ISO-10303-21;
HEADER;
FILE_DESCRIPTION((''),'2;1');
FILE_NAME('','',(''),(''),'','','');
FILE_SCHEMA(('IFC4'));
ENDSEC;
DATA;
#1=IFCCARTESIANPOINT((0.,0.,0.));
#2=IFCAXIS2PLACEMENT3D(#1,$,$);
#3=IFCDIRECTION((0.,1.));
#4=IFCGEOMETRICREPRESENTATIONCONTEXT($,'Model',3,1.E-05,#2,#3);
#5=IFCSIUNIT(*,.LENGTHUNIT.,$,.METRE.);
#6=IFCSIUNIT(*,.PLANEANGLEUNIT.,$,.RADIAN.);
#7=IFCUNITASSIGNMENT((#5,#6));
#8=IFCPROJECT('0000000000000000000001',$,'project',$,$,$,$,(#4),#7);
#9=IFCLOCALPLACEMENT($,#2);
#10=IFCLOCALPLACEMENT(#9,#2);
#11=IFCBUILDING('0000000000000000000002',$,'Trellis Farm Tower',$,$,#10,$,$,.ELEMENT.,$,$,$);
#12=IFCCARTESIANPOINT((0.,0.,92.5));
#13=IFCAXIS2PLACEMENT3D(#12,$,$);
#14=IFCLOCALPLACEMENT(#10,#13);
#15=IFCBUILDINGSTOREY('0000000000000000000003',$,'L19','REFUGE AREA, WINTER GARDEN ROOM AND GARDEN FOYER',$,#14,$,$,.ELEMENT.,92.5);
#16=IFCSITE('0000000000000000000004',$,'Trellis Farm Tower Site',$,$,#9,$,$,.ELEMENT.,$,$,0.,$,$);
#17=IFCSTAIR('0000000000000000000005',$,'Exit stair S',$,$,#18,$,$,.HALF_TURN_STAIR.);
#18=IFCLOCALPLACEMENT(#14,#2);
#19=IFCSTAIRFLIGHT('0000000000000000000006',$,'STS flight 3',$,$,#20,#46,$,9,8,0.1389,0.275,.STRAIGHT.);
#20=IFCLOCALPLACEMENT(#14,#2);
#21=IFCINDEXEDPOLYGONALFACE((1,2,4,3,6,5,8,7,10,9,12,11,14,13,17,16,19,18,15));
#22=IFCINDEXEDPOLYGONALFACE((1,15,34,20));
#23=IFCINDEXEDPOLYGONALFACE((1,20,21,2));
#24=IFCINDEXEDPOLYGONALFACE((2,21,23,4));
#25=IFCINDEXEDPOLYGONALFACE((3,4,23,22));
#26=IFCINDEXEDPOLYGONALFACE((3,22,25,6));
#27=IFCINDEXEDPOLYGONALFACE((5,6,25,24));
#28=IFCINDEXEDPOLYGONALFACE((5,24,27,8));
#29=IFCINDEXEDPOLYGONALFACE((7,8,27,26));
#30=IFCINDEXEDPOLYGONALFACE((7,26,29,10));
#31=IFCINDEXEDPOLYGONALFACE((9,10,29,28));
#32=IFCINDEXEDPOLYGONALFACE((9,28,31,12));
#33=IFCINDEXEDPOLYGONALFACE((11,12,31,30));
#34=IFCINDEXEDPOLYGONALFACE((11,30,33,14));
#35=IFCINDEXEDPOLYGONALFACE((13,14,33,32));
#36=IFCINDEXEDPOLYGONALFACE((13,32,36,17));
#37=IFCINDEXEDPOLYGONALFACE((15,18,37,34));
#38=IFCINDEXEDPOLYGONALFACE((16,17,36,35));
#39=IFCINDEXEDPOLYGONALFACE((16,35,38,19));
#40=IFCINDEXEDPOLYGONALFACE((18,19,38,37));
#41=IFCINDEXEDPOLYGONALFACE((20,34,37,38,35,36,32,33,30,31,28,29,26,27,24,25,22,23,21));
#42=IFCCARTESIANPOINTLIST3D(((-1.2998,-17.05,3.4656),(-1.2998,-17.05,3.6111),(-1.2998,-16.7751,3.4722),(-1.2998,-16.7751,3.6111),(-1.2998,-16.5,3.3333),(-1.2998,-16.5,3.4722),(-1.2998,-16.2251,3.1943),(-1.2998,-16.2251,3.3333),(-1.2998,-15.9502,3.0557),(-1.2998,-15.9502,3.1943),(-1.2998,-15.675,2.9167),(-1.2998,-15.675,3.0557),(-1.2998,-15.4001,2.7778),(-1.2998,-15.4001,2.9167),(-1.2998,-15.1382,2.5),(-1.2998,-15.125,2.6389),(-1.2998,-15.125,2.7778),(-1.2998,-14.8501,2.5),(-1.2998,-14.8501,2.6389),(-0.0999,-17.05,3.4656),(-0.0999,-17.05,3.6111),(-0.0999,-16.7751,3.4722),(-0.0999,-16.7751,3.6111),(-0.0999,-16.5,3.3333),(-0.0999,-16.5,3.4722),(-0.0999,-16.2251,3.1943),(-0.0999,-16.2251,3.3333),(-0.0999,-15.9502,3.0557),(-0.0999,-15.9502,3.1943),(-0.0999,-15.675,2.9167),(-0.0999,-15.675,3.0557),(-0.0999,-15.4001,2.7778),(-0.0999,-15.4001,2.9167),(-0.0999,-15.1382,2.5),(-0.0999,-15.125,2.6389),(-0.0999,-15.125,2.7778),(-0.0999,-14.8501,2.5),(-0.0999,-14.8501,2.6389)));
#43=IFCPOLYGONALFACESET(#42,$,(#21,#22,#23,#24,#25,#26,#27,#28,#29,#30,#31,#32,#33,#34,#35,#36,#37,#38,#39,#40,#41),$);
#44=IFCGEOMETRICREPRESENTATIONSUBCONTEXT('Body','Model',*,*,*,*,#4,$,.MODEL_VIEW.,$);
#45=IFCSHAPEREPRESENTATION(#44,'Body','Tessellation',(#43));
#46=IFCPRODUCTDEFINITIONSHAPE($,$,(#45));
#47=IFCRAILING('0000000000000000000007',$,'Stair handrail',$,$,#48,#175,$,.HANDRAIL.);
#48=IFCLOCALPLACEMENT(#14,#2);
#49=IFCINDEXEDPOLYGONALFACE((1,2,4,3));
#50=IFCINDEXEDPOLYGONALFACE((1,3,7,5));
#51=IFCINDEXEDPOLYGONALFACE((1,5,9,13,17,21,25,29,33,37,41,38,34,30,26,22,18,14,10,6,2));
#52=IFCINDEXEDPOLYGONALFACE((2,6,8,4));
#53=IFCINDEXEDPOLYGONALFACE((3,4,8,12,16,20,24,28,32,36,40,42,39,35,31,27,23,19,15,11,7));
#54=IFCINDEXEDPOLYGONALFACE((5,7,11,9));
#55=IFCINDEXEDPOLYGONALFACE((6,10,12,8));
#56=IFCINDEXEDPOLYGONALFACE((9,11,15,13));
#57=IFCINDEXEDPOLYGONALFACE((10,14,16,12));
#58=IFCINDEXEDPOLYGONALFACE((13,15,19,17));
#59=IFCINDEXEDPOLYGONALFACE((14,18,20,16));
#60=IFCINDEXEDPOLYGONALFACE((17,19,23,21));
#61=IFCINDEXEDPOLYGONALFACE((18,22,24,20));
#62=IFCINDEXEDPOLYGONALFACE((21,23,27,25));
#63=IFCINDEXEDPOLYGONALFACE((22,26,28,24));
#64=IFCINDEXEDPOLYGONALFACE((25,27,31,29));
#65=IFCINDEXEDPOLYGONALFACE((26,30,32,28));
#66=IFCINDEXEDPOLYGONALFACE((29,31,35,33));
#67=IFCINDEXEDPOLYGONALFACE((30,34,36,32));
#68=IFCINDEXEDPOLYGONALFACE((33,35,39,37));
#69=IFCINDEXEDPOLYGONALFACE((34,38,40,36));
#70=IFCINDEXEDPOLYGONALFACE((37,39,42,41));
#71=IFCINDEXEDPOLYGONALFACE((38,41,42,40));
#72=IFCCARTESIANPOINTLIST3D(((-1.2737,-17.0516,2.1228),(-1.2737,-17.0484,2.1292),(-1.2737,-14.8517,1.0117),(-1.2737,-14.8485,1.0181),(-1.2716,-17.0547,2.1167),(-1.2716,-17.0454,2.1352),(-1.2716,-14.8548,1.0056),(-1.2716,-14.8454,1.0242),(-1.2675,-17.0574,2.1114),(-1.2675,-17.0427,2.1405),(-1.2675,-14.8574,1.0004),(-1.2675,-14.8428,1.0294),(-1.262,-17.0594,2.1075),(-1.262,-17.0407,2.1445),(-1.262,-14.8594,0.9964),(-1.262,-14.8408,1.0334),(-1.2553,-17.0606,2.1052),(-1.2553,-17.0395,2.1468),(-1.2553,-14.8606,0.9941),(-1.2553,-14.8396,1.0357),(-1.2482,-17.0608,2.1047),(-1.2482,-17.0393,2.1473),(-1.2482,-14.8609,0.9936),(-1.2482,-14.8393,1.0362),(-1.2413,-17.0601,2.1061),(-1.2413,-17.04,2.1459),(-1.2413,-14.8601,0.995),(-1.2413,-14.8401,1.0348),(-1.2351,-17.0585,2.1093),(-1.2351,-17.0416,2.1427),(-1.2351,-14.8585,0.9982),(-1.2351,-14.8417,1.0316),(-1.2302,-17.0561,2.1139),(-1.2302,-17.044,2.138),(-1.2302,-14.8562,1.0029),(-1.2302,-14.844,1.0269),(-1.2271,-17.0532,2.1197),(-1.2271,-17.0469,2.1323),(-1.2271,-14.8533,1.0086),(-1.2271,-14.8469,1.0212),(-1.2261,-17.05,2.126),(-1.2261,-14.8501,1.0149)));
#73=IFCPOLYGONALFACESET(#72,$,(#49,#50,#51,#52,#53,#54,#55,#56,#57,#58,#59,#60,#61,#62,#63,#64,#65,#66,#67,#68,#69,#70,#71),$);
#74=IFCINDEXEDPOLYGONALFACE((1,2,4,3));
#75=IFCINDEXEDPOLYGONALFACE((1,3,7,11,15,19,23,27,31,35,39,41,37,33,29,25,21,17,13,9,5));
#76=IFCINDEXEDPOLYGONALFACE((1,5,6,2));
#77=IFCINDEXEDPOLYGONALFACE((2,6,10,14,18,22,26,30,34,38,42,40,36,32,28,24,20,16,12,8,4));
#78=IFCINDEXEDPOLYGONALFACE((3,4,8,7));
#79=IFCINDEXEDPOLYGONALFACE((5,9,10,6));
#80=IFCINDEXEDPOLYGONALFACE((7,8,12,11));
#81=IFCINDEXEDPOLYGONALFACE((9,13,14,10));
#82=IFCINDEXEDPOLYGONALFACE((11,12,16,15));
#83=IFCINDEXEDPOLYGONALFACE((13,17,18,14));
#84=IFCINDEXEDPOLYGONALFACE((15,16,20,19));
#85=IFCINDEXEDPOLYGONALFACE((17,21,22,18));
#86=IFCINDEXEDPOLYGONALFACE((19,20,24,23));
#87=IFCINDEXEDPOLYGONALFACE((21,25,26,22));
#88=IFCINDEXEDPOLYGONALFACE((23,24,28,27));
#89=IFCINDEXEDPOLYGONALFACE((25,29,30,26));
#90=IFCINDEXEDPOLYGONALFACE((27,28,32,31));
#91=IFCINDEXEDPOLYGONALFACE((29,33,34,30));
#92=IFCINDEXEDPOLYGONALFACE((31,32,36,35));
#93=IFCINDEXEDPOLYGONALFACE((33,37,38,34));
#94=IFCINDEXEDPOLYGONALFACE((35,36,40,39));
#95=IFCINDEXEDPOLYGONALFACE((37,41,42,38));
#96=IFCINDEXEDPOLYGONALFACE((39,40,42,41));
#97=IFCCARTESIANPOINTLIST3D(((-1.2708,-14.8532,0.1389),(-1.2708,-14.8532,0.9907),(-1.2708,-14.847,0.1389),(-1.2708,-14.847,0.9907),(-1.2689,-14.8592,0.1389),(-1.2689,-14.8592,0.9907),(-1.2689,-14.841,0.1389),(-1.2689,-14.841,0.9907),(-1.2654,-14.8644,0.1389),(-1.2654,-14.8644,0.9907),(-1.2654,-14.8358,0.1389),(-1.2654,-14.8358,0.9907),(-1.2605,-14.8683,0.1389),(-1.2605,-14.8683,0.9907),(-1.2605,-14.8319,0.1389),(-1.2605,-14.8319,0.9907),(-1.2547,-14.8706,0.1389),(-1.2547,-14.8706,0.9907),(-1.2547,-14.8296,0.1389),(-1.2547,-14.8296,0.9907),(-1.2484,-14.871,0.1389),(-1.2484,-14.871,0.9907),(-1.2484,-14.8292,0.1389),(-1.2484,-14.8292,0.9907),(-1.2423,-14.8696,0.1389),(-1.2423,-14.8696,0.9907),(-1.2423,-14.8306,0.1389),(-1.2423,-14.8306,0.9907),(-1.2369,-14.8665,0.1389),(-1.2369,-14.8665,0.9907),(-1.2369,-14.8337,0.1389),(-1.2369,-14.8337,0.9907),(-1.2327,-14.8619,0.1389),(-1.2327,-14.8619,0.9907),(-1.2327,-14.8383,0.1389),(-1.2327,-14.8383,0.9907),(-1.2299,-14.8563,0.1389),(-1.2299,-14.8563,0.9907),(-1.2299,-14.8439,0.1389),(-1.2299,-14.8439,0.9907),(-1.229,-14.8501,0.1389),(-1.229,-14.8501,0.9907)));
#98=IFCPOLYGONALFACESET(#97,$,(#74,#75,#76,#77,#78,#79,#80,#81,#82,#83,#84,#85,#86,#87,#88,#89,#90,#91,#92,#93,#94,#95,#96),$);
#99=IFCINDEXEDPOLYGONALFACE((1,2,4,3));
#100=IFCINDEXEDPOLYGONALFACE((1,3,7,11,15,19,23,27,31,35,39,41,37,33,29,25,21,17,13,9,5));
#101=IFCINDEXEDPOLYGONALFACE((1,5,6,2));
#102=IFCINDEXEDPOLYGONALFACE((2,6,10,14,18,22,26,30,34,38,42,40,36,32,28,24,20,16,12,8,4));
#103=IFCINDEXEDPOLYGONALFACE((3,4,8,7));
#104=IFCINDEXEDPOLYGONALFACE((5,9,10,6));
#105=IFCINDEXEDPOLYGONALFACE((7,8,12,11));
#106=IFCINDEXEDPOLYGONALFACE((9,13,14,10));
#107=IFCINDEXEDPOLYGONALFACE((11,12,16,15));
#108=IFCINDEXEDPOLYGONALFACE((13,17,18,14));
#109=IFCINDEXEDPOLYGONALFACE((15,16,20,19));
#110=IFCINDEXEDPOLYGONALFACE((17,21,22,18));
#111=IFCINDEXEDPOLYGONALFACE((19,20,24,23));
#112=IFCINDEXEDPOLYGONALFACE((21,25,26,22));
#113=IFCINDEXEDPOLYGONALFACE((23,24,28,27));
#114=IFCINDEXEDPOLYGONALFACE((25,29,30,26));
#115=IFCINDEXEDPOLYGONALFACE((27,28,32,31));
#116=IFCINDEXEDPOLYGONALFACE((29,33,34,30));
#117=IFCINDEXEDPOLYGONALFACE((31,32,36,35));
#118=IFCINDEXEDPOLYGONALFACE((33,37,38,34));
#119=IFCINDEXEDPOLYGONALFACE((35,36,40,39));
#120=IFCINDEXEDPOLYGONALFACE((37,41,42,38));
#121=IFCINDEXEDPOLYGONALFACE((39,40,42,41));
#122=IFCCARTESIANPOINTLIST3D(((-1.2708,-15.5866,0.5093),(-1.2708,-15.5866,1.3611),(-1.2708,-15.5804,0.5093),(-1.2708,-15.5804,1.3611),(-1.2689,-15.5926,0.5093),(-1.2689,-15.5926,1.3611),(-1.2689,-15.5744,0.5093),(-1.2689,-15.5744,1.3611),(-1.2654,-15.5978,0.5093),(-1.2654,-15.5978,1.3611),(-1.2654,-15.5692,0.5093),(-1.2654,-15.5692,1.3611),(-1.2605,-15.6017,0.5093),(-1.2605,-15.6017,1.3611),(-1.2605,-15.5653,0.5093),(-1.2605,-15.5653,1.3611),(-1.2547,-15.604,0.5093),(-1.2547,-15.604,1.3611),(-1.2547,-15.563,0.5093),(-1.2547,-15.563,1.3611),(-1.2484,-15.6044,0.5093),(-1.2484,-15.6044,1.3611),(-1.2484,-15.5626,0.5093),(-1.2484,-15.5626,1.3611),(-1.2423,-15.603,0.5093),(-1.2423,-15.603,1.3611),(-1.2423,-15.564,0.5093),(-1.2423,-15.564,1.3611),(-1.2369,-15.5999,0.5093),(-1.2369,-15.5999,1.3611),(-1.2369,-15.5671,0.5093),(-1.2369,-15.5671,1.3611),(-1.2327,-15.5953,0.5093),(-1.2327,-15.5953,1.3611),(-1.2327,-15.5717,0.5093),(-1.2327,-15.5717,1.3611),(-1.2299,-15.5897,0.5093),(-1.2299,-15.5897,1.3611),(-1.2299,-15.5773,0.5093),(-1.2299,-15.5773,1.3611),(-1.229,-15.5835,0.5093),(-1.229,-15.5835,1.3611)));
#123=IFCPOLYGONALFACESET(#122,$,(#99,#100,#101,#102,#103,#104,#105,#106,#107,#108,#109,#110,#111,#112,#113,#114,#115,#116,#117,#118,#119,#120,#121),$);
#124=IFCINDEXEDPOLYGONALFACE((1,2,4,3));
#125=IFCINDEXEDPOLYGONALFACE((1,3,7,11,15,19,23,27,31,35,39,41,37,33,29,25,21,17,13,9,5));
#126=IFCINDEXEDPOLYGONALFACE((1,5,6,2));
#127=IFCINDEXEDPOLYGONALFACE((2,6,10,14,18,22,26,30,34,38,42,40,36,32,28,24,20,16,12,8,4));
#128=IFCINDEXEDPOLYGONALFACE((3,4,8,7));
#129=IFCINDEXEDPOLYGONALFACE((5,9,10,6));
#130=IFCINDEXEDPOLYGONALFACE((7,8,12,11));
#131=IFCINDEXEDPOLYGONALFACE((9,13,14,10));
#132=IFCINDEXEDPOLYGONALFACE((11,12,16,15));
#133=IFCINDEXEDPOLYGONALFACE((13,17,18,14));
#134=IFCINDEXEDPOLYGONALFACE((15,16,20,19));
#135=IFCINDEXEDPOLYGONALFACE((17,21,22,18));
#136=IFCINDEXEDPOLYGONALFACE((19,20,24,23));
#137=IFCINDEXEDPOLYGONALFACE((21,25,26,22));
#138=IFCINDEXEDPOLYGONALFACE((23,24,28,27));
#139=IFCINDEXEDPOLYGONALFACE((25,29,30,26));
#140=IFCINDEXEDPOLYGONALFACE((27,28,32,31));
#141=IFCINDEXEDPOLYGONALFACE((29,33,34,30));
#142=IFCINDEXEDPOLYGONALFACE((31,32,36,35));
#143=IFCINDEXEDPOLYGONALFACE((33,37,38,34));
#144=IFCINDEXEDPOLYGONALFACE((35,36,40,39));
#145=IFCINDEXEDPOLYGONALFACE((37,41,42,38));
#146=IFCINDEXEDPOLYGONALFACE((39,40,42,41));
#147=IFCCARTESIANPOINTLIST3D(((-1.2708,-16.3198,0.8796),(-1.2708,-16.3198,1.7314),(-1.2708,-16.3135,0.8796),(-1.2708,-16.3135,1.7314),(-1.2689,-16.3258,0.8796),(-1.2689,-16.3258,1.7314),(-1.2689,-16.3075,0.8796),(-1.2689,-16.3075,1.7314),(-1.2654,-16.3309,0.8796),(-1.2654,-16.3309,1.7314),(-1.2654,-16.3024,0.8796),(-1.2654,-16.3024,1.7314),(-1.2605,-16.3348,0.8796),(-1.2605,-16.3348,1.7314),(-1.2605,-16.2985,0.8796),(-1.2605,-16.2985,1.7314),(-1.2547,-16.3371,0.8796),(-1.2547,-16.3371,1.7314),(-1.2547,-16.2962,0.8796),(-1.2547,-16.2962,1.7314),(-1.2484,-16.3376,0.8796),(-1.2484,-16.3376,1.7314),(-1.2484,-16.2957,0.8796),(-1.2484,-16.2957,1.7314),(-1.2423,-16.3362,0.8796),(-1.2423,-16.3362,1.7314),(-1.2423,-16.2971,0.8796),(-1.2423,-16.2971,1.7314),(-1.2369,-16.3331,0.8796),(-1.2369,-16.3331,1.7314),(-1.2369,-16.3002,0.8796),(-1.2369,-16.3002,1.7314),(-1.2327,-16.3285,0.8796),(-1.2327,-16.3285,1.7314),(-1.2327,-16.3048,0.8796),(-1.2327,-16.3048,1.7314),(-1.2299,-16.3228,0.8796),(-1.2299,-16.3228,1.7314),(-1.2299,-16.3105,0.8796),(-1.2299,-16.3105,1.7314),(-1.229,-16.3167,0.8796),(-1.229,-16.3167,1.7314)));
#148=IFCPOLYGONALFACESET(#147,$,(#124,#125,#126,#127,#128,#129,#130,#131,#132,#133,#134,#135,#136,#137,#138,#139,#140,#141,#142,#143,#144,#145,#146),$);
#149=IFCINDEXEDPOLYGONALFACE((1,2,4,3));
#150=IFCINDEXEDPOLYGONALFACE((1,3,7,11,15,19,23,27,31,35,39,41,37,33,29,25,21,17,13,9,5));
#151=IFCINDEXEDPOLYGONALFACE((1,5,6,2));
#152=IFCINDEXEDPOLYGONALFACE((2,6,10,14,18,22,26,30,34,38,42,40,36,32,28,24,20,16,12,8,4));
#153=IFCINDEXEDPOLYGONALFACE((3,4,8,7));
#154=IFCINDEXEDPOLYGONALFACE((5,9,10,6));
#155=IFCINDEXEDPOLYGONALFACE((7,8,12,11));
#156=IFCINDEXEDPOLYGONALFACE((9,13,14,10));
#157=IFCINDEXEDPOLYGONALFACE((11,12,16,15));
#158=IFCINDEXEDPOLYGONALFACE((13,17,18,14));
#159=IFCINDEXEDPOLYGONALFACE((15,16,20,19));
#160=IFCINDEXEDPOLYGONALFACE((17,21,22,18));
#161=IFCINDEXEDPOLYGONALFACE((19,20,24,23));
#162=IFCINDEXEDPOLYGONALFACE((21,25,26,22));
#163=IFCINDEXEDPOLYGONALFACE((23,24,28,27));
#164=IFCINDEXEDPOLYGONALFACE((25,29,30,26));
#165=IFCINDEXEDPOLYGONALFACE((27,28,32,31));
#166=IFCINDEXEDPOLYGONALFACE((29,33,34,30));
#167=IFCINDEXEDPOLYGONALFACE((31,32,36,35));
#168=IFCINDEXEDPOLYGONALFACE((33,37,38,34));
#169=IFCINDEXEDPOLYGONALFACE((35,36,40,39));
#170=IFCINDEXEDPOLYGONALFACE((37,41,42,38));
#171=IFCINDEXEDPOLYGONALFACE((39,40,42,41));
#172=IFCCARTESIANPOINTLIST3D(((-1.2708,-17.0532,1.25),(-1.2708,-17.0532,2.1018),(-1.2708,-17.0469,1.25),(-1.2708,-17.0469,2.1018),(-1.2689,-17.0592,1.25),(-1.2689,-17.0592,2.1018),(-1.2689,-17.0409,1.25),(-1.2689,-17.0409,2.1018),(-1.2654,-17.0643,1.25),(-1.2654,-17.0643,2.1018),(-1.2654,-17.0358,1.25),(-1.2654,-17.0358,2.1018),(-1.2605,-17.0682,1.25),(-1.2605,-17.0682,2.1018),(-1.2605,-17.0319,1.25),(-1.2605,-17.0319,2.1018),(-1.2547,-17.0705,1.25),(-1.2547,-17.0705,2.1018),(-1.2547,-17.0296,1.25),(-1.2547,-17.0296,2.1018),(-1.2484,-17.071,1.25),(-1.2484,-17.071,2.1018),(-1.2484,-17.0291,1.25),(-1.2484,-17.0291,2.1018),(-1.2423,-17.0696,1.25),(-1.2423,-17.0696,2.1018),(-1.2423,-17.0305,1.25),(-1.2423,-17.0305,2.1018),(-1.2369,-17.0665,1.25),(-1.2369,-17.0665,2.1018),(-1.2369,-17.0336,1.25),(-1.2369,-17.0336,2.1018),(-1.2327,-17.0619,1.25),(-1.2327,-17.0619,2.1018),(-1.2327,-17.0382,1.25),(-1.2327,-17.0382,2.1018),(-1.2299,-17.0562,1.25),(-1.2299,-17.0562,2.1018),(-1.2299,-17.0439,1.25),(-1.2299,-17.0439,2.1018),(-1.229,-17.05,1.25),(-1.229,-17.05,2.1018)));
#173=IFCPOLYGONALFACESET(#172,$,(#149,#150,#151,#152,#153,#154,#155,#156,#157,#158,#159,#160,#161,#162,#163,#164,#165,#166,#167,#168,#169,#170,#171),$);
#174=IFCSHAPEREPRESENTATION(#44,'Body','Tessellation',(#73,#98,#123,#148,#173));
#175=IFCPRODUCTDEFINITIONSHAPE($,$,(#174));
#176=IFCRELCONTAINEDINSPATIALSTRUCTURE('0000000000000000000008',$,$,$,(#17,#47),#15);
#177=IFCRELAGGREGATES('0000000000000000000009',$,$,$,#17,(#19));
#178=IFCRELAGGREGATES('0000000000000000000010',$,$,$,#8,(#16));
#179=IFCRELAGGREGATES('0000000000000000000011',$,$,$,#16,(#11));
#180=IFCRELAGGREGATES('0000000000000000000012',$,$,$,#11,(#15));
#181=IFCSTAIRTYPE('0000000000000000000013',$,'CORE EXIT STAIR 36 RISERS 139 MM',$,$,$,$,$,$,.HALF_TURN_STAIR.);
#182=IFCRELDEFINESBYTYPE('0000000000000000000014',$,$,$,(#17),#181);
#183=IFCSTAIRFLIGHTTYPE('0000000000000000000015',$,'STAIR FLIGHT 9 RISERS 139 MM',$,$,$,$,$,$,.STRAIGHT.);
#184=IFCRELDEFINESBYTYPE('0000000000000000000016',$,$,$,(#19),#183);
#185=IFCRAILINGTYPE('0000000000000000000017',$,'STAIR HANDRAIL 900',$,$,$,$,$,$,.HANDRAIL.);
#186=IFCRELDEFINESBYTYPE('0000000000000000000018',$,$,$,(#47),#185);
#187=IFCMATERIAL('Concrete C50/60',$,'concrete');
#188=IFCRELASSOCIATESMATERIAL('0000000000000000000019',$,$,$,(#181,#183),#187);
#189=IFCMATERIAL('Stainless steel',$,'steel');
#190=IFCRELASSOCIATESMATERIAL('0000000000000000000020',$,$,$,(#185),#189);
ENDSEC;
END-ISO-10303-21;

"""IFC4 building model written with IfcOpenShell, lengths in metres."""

from ifc_helpers import new_model, si_unit, direction, frame, origin, origin_2d, place, context, subcontext, project, spatial, polyline, circle, outline, extrude, source, transform, mapped, material, type_object, element, aggregate, save


model = new_model("IFC4")

# Units and contexts
model_context = context("Model", 3, precision=1e-05, world=origin(), true_north=direction((0.0, 1.0)))
body_context = subcontext(model_context, "Body", "Model", "MODEL_VIEW")
ifc_project = project(units=[si_unit("LENGTHUNIT", "METRE"), si_unit("PLANEANGLEUNIT", "RADIAN")], contexts=[model_context])

# Site, building, storey
site_placement = place(None, origin())
site = spatial("IfcSite", under=ifc_project, at=site_placement, Name="Trellis Farm Tower Site", CompositionType="ELEMENT", RefElevation=0.0)
building_placement = place(site_placement, origin())
building = spatial("IfcBuilding", under=site, at=building_placement, Name="Trellis Farm Tower", CompositionType="ELEMENT")
storey_placement = place(building_placement, frame((0.0, 0.0, 92.5)))
storey = spatial("IfcBuildingStorey", under=building, at=storey_placement, Name="L19", Description="REFUGE AREA, WINTER GARDEN ROOM AND GARDEN FOYER", CompositionType="ELEMENT", Elevation=92.5)

# Shared definitions
placement = place(storey_placement, origin())

# Stair, stair flight
ifc_material_1 = material(Name="Concrete C50/60", Category="concrete")
stair_type = type_object("IfcStairType", Name="CORE EXIT STAIR 36 RISERS 139 MM", PredefinedType="HALF_TURN_STAIR", material=ifc_material_1)
stair = element("IfcStair", 1, at=placement, inside=storey, type_object=stair_type, Name="Exit stair S", PredefinedType="HALF_TURN_STAIR")
stair_flight_type = type_object("IfcStairFlightType", Name="STAIR FLIGHT 9 RISERS 139 MM", PredefinedType="STRAIGHT", material=ifc_material_1)
shared_shape_1 = source(origin(), body_context, "Body", "SweptSolid", [
    extrude(outline(polyline([(0.0, 0.0), (0.0, 0.1389), (0.2749, 0.1389), (0.2749, 0.2778), (0.55, 0.2778), (0.55, 0.4167), (0.825, 0.4167), (0.825, 0.5557), (1.1001, 0.5557), (1.1001, 0.6943), (1.375, 0.6943), (1.375, 0.8333), (1.6499, 0.8333), (1.6499, 0.9722), (1.925, 0.9722), (1.925, 1.1111), (2.2, 1.1111), (2.2, 1.25), (2.2, 0.9656), (0.2881, 0.0), (0.0, 0.0)])), frame((0.0, 0.6001, 0.0), z_axis=(0.0, -1.0, 0.0), x_axis=(1.0, 0.0, 0.0)), (0.0, 0.0, 1.0), 1.2),
])
stair_flight_1_placement = place(storey_placement, frame((-0.7, -14.8501, 2.5), z_axis=(0.0, 0.0, 1.0), x_axis=(0.0, -1.0, 0.0)))
stair_flight_1 = element("IfcStairFlight", 2, at=stair_flight_1_placement, type_object=stair_flight_type, Name="STS flight 3", NumberOfRisers=9, NumberOfTreads=8, PredefinedType="STRAIGHT", RiserHeight=0.1389, TreadLength=0.275, context=body_context, shape_type="MappedRepresentation", body=[
    mapped(shared_shape_1, transform((0.0, 0.0, 0.0))),
])
aggregate(stair, [stair_flight_1])

# Railing
ifc_material_2 = material(Name="Stainless steel", Category="steel")
railing_type = type_object("IfcRailingType", Name="STAIR HANDRAIL 900", PredefinedType="HANDRAIL", material=ifc_material_2)
shared_shape_2 = source(origin(), body_context, "Body", "SweptSolid", [
    extrude(circle(Radius=0.0239, at=origin_2d()), frame((0.0, 0.0, 0.876), z_axis=(0.0, -0.892617, 0.450816), x_axis=(1.0, 0.0, 0.0)), (0.0, 0.0, 1.0), 2.4646),
    extrude(circle(Radius=0.021, at=origin_2d()), origin(), (0.0, 0.0, 1.0), 0.8518),
    extrude(circle(Radius=0.021, at=origin_2d()), frame((0.0, -0.7334, 0.3704)), (0.0, 0.0, 1.0), 0.8518),
    extrude(circle(Radius=0.021, at=origin_2d()), frame((0.0, -1.4666, 0.7407)), (0.0, 0.0, 1.0), 0.8518),
    extrude(circle(Radius=0.021, at=origin_2d()), frame((0.0, -2.2, 1.1111)), (0.0, 0.0, 1.0), 0.8518),
])
for number, where, name in (
    (3, (-1.25, -14.8501, 0.1389), "Stair handrail"),
):
    element("IfcRailing", number, at=place(storey_placement, frame(where)), inside=storey, type_object=railing_type, Name=name, PredefinedType="HANDRAIL", context=body_context, shape_type="MappedRepresentation", body=[
        mapped(shared_shape_2, transform((0.0, 0.0, 0.0))),
    ])

save(model, "model.ifc")
